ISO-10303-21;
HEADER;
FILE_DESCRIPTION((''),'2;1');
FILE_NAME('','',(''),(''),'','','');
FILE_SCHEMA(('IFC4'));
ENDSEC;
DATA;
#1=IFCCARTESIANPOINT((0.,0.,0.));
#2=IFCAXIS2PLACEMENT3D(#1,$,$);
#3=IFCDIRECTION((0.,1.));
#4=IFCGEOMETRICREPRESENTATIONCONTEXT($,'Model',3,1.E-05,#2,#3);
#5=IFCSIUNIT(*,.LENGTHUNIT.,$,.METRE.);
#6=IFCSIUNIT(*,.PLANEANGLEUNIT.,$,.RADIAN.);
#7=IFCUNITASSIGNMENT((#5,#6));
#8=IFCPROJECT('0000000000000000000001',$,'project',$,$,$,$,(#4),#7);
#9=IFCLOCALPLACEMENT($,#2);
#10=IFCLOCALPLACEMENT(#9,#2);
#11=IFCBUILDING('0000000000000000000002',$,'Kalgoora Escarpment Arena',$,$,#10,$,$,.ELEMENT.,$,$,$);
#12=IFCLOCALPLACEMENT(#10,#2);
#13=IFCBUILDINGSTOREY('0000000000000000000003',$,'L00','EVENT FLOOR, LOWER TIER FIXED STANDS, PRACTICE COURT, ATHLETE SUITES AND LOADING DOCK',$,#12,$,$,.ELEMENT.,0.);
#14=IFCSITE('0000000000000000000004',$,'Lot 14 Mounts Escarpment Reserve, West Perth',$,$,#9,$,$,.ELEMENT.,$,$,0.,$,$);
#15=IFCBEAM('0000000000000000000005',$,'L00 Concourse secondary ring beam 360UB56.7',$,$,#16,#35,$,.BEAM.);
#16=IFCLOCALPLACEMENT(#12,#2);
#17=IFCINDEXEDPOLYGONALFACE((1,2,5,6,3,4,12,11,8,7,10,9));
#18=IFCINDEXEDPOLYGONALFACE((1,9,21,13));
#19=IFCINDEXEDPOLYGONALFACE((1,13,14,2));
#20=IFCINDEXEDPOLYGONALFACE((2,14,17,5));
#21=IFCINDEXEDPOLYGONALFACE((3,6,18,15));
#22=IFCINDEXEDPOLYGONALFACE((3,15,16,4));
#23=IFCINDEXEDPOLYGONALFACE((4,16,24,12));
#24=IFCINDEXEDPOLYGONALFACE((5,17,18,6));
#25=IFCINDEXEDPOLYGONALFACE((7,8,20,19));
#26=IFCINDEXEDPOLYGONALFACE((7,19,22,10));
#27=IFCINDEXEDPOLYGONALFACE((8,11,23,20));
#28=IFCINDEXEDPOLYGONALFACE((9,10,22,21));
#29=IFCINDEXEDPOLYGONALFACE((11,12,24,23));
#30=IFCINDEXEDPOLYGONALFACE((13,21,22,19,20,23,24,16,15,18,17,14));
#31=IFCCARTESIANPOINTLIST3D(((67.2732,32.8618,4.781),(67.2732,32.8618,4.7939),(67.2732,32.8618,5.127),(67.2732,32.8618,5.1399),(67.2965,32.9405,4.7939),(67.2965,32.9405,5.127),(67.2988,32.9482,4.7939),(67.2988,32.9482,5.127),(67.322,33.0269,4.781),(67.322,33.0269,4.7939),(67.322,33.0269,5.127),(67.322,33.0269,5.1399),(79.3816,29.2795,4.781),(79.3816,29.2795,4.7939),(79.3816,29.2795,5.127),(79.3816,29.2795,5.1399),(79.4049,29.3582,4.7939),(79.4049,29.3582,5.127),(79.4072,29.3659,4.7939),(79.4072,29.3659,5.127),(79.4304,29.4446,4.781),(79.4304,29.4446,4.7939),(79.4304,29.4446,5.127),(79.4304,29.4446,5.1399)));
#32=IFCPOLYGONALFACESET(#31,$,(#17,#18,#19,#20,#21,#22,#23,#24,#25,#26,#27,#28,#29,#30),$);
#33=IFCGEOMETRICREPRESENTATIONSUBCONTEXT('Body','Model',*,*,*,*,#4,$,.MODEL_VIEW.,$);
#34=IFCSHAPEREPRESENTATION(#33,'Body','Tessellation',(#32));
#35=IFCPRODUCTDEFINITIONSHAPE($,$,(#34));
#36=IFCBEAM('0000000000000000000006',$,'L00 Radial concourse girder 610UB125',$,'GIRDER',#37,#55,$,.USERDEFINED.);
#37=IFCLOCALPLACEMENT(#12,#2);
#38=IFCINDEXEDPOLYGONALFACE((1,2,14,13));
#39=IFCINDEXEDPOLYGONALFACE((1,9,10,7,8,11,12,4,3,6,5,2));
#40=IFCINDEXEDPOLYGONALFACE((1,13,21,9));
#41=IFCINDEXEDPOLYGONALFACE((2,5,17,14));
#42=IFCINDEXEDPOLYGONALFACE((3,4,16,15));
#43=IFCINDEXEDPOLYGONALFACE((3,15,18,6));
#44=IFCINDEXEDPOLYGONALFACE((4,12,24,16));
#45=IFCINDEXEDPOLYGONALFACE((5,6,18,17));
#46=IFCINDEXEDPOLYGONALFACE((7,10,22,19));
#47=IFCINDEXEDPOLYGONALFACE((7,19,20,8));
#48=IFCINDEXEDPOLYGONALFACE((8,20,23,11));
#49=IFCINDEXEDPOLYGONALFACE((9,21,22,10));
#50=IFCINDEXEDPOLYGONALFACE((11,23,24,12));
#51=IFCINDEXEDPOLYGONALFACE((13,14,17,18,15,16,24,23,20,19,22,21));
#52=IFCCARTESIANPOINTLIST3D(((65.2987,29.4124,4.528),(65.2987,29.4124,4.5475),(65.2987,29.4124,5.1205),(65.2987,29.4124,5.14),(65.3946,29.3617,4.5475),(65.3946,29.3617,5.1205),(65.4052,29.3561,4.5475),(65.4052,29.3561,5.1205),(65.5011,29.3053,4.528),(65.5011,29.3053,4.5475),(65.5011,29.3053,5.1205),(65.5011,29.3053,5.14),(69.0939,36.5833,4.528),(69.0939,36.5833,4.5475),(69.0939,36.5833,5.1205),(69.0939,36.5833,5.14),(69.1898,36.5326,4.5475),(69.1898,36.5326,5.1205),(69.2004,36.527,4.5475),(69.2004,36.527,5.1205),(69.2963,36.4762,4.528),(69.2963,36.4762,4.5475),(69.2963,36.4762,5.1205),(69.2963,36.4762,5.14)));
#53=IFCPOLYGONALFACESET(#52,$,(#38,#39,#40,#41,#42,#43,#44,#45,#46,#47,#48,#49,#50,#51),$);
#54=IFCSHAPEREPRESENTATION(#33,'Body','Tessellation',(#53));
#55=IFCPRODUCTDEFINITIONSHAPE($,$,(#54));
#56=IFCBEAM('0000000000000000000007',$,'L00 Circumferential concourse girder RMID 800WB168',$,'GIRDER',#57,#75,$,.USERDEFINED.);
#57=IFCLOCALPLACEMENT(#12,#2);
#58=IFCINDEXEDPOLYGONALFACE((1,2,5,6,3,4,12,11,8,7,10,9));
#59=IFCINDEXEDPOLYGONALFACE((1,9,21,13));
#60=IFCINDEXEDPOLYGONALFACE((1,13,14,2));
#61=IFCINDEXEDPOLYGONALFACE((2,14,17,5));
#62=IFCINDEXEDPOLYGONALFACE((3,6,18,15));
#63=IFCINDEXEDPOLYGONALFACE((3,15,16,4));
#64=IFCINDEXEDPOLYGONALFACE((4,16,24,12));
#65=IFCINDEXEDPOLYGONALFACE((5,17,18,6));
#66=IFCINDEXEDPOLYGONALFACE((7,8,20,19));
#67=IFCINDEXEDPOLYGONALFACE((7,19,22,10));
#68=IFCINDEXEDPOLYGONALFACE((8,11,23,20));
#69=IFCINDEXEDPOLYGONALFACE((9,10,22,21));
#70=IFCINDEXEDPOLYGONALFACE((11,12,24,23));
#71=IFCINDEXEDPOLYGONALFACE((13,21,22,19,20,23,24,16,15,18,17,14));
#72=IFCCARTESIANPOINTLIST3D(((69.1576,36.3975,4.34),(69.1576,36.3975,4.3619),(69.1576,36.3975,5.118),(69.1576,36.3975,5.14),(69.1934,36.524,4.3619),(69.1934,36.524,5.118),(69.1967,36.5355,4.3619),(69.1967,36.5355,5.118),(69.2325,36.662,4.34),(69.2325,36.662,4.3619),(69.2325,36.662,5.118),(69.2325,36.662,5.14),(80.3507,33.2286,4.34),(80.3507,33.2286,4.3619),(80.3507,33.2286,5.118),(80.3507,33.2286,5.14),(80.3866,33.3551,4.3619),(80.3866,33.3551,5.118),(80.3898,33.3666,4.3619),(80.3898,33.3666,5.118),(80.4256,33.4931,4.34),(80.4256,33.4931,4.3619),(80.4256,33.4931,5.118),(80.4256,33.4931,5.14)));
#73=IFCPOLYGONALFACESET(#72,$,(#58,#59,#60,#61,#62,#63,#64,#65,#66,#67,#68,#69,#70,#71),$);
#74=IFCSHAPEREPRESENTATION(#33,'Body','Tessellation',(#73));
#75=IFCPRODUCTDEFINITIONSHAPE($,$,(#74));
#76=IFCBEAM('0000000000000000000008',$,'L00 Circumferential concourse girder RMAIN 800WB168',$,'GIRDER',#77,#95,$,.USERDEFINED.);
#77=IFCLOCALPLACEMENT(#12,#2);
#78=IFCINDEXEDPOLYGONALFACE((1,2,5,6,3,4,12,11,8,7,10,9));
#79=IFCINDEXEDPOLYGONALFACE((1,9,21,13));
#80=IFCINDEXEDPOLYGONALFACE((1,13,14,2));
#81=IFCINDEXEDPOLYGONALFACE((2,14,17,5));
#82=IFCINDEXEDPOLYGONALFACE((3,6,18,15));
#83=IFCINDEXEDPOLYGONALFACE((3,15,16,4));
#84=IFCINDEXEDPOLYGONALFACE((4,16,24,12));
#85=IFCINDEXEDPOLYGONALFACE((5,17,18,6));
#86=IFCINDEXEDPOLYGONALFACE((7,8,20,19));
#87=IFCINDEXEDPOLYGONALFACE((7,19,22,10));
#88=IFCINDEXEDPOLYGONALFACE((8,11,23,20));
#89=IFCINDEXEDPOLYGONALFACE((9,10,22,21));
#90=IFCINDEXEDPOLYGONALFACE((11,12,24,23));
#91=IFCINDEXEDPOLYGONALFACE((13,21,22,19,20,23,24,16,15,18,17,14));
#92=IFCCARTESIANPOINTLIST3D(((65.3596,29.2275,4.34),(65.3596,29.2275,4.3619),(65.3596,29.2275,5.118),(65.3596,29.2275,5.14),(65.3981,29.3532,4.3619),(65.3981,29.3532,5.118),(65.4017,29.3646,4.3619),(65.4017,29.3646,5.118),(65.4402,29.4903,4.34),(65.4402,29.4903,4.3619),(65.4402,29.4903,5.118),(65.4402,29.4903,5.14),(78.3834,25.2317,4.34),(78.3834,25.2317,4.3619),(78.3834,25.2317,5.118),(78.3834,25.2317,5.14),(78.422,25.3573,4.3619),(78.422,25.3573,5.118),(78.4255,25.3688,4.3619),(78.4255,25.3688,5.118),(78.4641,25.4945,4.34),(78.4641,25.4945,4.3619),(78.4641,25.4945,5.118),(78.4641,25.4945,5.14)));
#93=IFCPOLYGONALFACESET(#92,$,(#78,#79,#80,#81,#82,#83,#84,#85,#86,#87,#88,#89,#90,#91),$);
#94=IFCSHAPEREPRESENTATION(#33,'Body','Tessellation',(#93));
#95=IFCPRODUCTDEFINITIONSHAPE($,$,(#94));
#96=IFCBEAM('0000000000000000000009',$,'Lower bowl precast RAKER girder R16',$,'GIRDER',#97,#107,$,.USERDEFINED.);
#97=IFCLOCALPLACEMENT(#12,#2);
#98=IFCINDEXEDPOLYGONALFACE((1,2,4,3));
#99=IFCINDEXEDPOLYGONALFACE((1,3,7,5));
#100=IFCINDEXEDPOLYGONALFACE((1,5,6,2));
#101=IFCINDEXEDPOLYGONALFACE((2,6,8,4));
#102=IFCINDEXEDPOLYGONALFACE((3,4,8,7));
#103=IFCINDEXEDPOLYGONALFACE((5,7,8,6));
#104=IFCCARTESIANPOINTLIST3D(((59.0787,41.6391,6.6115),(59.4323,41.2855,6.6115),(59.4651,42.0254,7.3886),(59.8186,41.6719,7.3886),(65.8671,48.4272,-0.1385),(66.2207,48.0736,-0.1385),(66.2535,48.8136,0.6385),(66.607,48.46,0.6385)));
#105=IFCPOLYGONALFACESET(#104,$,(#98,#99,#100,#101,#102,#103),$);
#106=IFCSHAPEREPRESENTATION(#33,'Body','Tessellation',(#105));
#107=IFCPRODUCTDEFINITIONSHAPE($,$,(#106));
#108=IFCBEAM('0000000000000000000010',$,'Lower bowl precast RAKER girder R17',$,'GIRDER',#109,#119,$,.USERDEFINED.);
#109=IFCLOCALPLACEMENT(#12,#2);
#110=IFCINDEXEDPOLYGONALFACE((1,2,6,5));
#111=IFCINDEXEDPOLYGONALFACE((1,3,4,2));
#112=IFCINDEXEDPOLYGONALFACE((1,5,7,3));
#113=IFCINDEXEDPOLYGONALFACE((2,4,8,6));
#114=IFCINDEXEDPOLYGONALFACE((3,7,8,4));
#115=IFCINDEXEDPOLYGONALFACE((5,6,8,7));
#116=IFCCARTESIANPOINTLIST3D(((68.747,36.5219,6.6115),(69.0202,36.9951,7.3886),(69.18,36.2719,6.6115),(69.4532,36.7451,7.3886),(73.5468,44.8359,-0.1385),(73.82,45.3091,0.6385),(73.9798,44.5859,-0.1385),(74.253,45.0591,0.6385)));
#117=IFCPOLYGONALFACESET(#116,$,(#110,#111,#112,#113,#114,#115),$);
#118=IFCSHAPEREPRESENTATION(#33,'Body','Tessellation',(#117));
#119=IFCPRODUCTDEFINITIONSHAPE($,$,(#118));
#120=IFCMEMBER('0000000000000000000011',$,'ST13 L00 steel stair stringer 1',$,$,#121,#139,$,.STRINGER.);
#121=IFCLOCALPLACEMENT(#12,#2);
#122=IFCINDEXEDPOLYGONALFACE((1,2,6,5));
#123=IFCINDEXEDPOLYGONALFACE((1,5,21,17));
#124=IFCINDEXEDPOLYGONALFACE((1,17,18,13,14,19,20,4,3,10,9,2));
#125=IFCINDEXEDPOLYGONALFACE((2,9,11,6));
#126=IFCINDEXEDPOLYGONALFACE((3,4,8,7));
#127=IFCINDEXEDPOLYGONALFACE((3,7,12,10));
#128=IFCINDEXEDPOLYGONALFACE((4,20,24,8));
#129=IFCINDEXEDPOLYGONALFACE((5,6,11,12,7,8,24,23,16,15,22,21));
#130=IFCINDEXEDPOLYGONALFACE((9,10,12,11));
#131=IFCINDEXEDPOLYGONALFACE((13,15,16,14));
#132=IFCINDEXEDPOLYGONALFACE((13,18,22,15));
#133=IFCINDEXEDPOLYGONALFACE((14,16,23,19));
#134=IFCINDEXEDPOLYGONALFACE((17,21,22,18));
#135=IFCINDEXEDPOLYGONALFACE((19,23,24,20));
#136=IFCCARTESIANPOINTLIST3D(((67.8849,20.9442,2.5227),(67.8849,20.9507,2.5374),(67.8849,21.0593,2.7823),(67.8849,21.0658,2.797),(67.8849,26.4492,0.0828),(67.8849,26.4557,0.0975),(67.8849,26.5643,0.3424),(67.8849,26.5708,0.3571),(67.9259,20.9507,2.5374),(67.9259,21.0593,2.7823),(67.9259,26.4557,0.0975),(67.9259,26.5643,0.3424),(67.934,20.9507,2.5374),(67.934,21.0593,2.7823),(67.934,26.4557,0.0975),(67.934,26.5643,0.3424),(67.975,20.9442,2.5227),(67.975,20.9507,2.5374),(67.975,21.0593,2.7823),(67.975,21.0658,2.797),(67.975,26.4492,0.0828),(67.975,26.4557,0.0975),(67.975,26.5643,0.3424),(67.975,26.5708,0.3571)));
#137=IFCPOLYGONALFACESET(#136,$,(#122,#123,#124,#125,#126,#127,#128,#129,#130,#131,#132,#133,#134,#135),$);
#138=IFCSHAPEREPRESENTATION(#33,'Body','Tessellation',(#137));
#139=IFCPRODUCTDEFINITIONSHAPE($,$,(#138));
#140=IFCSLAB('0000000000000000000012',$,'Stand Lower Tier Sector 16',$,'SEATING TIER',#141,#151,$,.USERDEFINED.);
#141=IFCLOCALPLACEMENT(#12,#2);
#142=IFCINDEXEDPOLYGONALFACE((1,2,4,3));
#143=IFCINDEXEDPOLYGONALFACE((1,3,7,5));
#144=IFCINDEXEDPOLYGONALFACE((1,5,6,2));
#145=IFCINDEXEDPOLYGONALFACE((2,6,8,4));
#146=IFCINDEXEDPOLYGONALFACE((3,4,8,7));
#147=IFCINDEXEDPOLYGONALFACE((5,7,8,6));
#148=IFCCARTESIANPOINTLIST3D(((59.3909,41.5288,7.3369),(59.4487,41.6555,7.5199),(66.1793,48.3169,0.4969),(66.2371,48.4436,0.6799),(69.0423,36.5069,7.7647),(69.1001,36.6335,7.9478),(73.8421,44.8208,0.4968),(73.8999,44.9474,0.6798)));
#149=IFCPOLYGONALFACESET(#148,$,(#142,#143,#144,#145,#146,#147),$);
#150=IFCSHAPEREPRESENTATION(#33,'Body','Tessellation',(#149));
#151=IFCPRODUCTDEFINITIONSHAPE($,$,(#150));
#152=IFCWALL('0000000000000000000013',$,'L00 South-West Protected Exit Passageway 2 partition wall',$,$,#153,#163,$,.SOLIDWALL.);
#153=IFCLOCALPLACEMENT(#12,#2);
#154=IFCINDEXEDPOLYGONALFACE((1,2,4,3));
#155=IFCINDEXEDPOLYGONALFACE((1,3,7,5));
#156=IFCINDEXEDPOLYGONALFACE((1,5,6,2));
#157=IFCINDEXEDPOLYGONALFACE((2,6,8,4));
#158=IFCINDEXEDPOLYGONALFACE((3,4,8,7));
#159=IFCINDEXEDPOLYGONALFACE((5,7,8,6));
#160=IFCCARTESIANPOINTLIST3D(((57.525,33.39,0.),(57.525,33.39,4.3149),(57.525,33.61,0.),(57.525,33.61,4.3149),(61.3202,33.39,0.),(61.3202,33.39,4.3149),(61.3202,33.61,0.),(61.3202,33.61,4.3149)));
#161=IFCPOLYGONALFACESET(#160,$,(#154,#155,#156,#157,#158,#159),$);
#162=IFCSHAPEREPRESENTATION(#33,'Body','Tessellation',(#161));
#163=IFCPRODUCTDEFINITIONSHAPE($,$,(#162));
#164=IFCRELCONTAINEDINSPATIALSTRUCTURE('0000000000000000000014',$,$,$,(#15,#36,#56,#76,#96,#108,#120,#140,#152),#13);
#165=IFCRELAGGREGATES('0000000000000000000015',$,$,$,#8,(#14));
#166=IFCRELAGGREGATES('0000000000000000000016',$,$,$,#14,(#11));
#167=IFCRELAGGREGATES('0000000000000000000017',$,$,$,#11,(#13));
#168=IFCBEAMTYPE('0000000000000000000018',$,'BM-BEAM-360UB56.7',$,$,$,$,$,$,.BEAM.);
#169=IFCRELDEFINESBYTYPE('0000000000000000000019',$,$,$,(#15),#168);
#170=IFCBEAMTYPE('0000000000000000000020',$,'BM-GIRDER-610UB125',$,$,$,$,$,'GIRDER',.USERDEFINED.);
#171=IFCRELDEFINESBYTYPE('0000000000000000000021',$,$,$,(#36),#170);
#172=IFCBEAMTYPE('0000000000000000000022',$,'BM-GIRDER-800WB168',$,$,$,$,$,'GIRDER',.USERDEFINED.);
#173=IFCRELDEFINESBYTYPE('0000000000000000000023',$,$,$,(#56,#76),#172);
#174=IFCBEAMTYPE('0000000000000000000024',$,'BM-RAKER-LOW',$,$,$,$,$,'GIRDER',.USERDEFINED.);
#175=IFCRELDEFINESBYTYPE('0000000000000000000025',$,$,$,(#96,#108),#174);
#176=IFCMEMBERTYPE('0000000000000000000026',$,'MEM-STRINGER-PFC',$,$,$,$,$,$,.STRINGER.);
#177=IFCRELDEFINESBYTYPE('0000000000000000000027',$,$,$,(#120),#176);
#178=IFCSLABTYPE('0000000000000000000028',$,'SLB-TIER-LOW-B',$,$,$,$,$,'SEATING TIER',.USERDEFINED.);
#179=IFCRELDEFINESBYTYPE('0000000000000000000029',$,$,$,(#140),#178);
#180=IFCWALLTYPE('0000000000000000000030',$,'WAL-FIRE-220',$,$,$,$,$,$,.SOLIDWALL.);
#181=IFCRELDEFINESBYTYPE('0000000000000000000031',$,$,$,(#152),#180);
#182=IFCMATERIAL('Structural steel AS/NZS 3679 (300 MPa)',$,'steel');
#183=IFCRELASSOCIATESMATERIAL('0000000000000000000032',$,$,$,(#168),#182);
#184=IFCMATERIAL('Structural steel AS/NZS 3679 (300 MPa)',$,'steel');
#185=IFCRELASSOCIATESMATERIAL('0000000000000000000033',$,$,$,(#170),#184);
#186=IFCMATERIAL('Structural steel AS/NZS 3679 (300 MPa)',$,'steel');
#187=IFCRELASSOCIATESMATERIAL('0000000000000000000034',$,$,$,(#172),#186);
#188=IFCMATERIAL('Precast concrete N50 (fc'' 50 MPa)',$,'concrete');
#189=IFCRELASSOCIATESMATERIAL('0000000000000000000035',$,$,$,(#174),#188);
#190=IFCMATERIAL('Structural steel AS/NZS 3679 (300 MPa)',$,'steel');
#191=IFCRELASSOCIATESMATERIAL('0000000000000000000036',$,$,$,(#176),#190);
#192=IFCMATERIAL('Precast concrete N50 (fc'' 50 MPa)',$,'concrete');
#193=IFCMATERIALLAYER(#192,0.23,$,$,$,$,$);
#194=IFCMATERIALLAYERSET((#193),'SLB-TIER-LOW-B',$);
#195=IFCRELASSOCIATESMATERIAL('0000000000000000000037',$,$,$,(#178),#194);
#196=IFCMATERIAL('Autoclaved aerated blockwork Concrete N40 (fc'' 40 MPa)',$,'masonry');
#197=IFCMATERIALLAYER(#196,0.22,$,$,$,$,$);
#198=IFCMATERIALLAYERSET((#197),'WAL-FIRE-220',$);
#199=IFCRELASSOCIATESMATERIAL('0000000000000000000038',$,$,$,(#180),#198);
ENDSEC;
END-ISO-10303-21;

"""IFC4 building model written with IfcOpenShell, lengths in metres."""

from ifc_helpers import new_model, si_unit, direction, frame, frame_2d, origin, origin_2d, place, context, subcontext, project, spatial, polyline, rectangle, i_section, outline, extrude, material, layer, layer_set, material_profile, profile_set, type_object, element, save


model = new_model("IFC4")

# Units and contexts
model_context = context("Model", 3, precision=1e-05, world=origin(), true_north=direction((0.0, 1.0)))
body_context = subcontext(model_context, "Body", "Model", "MODEL_VIEW")
ifc_project = project(units=[si_unit("LENGTHUNIT", "METRE"), si_unit("PLANEANGLEUNIT", "RADIAN")], contexts=[model_context])

# Site, building, storey
site_placement = place(None, origin())
site = spatial("IfcSite", under=ifc_project, at=site_placement, Name="Lot 14 Mounts Escarpment Reserve, West Perth", CompositionType="ELEMENT", RefElevation=0.0)
building_placement = place(site_placement, origin())
building = spatial("IfcBuilding", under=site, at=building_placement, Name="Kalgoora Escarpment Arena", CompositionType="ELEMENT")
storey_placement = place(building_placement, origin())
storey = spatial("IfcBuildingStorey", under=building, at=storey_placement, Name="L00", Description="EVENT FLOOR, LOWER TIER FIXED STANDS, PRACTICE COURT, ATHLETE SUITES AND LOADING DOCK", CompositionType="ELEMENT", Elevation=0.0)

# Beams
ifc_material_1 = material(Name="Structural steel AS/NZS 3679 (300 MPa)", Category="steel")
ifc_material_profile_1 = material_profile(ifc_material_1, i_section(OverallWidth=0.1721, OverallDepth=0.3589, WebThickness=0.0081, FlangeThickness=0.0129, at=origin_2d()))
ifc_profile_set_1 = profile_set([ifc_material_profile_1], Name="Structural steel AS/NZS 3679 (300 MPa)")
beam_type_1 = type_object("IfcBeamType", Name="BM-BEAM-360UB56.7", PredefinedType="BEAM", material=ifc_profile_set_1)
beam_1_placement = place(storey_placement, frame((67.2976, 32.9443, 4.9604), z_axis=(0.958914, -0.283695, 0.0), x_axis=(0.283695, 0.958914, 0.0)))
element("IfcBeam", 1, at=beam_1_placement, inside=storey, type_object=beam_type_1, Name="L00 Concourse secondary ring beam 360UB56.7", PredefinedType="BEAM", context=body_context, shape_type="SweptSolid", body=[
    extrude(i_section(OverallWidth=0.1721, OverallDepth=0.3589, WebThickness=0.0081, FlangeThickness=0.0129, at=origin_2d()), origin(), (0.0, 0.0, 1.0), 12.6272),
])
ifc_material_2 = material(Name="Structural steel AS/NZS 3679 (300 MPa)", Category="steel")
ifc_material_profile_2 = material_profile(ifc_material_2, i_section(OverallWidth=0.229, OverallDepth=0.6121, WebThickness=0.012, FlangeThickness=0.0195, at=origin_2d()))
ifc_profile_set_2 = profile_set([ifc_material_profile_2], Name="Structural steel AS/NZS 3679 (300 MPa)")
beam_type_2 = type_object("IfcBeamType", Name="BM-GIRDER-610UB125", ElementType="GIRDER", PredefinedType="USERDEFINED", material=ifc_profile_set_2)
beam_2_placement = place(storey_placement, frame((69.1951, 36.5298, 4.834), z_axis=(-0.467773, -0.883849, 0.0), x_axis=(0.883849, -0.467773, 0.0)))
element("IfcBeam", 2, at=beam_2_placement, inside=storey, type_object=beam_type_2, Name="L00 Radial concourse girder 610UB125", ObjectType="GIRDER", PredefinedType="USERDEFINED", context=body_context, shape_type="SweptSolid", body=[
    extrude(i_section(OverallWidth=0.229, OverallDepth=0.6121, WebThickness=0.012, FlangeThickness=0.0195, at=origin_2d()), origin(), (0.0, 0.0, 1.0), 8.1133),
])
ifc_material_3 = material(Name="Structural steel AS/NZS 3679 (300 MPa)", Category="steel")
ifc_material_profile_3 = material_profile(ifc_material_3, i_section(OverallWidth=0.2749, OverallDepth=0.8, WebThickness=0.012, FlangeThickness=0.022, at=origin_2d()))
ifc_profile_set_3 = profile_set([ifc_material_profile_3], Name="Structural steel AS/NZS 3679 (300 MPa)")
beam_type_3 = type_object("IfcBeamType", Name="BM-GIRDER-800WB168", ElementType="GIRDER", PredefinedType="USERDEFINED", material=ifc_profile_set_3)
beam_3_placement = place(storey_placement, frame((69.1951, 36.5298, 4.74), z_axis=(0.962182, -0.272409, 0.0), x_axis=(0.272409, 0.962182, 0.0)))
element("IfcBeam", 3, at=beam_3_placement, inside=storey, type_object=beam_type_3, Name="L00 Circumferential concourse girder RMID 800WB168", ObjectType="GIRDER", PredefinedType="USERDEFINED", context=body_context, shape_type="SweptSolid", body=[
    extrude(i_section(OverallWidth=0.2749, OverallDepth=0.8, WebThickness=0.012, FlangeThickness=0.022, at=origin_2d()), origin(), (0.0, 0.0, 1.0), 11.6331),
])
beam_4_placement = place(storey_placement, frame((65.3999, 29.3589, 4.74), z_axis=(0.956016, -0.293314, 0.0), x_axis=(0.293314, 0.956016, 0.0)))
element("IfcBeam", 4, at=beam_4_placement, inside=storey, type_object=beam_type_3, Name="L00 Circumferential concourse girder RMAIN 800WB168", ObjectType="GIRDER", PredefinedType="USERDEFINED", context=body_context, shape_type="SweptSolid", body=[
    extrude(i_section(OverallWidth=0.2749, OverallDepth=0.8, WebThickness=0.012, FlangeThickness=0.022, at=origin_2d()), origin(), (0.0, 0.0, 1.0), 13.623),
])
ifc_material_4 = material(Name="Precast concrete N50 (fc' 50 MPa)", Category="concrete")
ifc_material_profile_4 = material_profile(ifc_material_4, rectangle(XDim=0.5, YDim=0.95, at=origin_2d()))
ifc_profile_set_4 = profile_set([ifc_material_profile_4], Name="Precast concrete N50 (fc' 50 MPa)")
beam_type_4 = type_object("IfcBeamType", Name="BM-RAKER-LOW", ElementType="GIRDER", PredefinedType="USERDEFINED", material=ifc_profile_set_4)
for number, where, z_axis, x_axis, name in (
    (5, (66.2371, 48.4436, 0.25), (-0.578444, -0.578423, 0.575178), (0.707094, -0.707119, 0.0), "Lower bowl precast RAKER girder R16"),
    (6, (73.8999, 44.9475, 0.25), (-0.408998, -0.708444, 0.575176), (0.866037, -0.499979, 0.0), "Lower bowl precast RAKER girder R17"),
):
    element("IfcBeam", number, at=place(storey_placement, frame(where, z_axis=z_axis, x_axis=x_axis)), inside=storey, type_object=beam_type_4, Name=name, ObjectType="GIRDER", PredefinedType="USERDEFINED", context=body_context, shape_type="SweptSolid", body=[
        extrude(rectangle(XDim=0.5, YDim=0.95, at=origin_2d()), origin(), (0.0, 0.0, 1.0), 11.7356),
    ])

# Member
ifc_material_5 = material(Name="Structural steel AS/NZS 3679 (300 MPa)", Category="steel")
ifc_material_profile_5 = material_profile(ifc_material_5, i_section(OverallWidth=0.0901, OverallDepth=0.3, WebThickness=0.0081, FlangeThickness=0.0161, at=origin_2d()))
ifc_profile_set_5 = profile_set([ifc_material_profile_5], Name="Structural steel AS/NZS 3679 (300 MPa)")
member_type = type_object("IfcMemberType", Name="MEM-STRINGER-PFC", PredefinedType="STRINGER", material=ifc_profile_set_5)
member_placement = place(storey_placement, frame((67.9299, 26.51, 0.22), z_axis=(0.0, -0.914229, 0.405198), x_axis=(1.0, 0.0, 0.0)))
element("IfcMember", 7, at=member_placement, inside=storey, type_object=member_type, Name="ST13 L00 steel stair stringer 1", PredefinedType="STRINGER", context=body_context, shape_type="SweptSolid", body=[
    extrude(i_section(OverallWidth=0.0901, OverallDepth=0.3, WebThickness=0.0081, FlangeThickness=0.0161, at=origin_2d()), origin(), (0.0, 0.0, 1.0), 6.0215),
])

# Slab
ifc_material_6 = material(Name="Precast concrete N50 (fc' 50 MPa)", Category="concrete")
ifc_layer_1 = layer(ifc_material_6, 0.23)
ifc_layer_set_1 = layer_set([ifc_layer_1], Name="SLB-TIER-LOW-B")
slab_type = type_object("IfcSlabType", Name="SLB-TIER-LOW-B", ElementType="SEATING TIER", PredefinedType="USERDEFINED", material=ifc_layer_set_1)
slab_placement = place(storey_placement, frame((66.2371, 48.4436, 0.6799), z_axis=(0.251284, 0.550741, 0.795953), x_axis=(0.909782, -0.415087, -0.00001)))
element("IfcSlab", 8, at=slab_placement, inside=storey, type_object=slab_type, Name="Stand Lower Tier Sector 16", ObjectType="SEATING TIER", PredefinedType="USERDEFINED", context=body_context, shape_type="SweptSolid", body=[
    extrude(outline(polyline([(0.0, 0.0), (8.4227, 0.0), (7.5069, -12.0059), (-3.3583, -11.299), (0.0, 0.0)])), origin(), (0.0, 0.0, -1.0), 0.23),
])

# Wall
ifc_material_7 = material(Name="Autoclaved aerated blockwork Concrete N40 (fc' 40 MPa)", Category="masonry")
ifc_layer_2 = layer(ifc_material_7, 0.22)
ifc_layer_set_2 = layer_set([ifc_layer_2], Name="WAL-FIRE-220")
wall_type_1 = type_object("IfcWallType", Name="WAL-FIRE-220", PredefinedType="SOLIDWALL", material=ifc_layer_set_2)
wall_1_placement = place(storey_placement, frame((61.3201, 33.5, 0.0), z_axis=(0.0, 0.0, 1.0), x_axis=(-1.0, 0.0, 0.0)))
element("IfcWall", 9, at=wall_1_placement, inside=storey, type_object=wall_type_1, Name="L00 South-West Protected Exit Passageway 2 partition wall", PredefinedType="SOLIDWALL", context=body_context, shape_type="SweptSolid", body=[
    extrude(rectangle(XDim=3.7952, YDim=0.22, at=frame_2d((1.8975, 0.0))), origin(), (0.0, 0.0, 1.0), 4.3149),
])

save(model, "model.ifc")
